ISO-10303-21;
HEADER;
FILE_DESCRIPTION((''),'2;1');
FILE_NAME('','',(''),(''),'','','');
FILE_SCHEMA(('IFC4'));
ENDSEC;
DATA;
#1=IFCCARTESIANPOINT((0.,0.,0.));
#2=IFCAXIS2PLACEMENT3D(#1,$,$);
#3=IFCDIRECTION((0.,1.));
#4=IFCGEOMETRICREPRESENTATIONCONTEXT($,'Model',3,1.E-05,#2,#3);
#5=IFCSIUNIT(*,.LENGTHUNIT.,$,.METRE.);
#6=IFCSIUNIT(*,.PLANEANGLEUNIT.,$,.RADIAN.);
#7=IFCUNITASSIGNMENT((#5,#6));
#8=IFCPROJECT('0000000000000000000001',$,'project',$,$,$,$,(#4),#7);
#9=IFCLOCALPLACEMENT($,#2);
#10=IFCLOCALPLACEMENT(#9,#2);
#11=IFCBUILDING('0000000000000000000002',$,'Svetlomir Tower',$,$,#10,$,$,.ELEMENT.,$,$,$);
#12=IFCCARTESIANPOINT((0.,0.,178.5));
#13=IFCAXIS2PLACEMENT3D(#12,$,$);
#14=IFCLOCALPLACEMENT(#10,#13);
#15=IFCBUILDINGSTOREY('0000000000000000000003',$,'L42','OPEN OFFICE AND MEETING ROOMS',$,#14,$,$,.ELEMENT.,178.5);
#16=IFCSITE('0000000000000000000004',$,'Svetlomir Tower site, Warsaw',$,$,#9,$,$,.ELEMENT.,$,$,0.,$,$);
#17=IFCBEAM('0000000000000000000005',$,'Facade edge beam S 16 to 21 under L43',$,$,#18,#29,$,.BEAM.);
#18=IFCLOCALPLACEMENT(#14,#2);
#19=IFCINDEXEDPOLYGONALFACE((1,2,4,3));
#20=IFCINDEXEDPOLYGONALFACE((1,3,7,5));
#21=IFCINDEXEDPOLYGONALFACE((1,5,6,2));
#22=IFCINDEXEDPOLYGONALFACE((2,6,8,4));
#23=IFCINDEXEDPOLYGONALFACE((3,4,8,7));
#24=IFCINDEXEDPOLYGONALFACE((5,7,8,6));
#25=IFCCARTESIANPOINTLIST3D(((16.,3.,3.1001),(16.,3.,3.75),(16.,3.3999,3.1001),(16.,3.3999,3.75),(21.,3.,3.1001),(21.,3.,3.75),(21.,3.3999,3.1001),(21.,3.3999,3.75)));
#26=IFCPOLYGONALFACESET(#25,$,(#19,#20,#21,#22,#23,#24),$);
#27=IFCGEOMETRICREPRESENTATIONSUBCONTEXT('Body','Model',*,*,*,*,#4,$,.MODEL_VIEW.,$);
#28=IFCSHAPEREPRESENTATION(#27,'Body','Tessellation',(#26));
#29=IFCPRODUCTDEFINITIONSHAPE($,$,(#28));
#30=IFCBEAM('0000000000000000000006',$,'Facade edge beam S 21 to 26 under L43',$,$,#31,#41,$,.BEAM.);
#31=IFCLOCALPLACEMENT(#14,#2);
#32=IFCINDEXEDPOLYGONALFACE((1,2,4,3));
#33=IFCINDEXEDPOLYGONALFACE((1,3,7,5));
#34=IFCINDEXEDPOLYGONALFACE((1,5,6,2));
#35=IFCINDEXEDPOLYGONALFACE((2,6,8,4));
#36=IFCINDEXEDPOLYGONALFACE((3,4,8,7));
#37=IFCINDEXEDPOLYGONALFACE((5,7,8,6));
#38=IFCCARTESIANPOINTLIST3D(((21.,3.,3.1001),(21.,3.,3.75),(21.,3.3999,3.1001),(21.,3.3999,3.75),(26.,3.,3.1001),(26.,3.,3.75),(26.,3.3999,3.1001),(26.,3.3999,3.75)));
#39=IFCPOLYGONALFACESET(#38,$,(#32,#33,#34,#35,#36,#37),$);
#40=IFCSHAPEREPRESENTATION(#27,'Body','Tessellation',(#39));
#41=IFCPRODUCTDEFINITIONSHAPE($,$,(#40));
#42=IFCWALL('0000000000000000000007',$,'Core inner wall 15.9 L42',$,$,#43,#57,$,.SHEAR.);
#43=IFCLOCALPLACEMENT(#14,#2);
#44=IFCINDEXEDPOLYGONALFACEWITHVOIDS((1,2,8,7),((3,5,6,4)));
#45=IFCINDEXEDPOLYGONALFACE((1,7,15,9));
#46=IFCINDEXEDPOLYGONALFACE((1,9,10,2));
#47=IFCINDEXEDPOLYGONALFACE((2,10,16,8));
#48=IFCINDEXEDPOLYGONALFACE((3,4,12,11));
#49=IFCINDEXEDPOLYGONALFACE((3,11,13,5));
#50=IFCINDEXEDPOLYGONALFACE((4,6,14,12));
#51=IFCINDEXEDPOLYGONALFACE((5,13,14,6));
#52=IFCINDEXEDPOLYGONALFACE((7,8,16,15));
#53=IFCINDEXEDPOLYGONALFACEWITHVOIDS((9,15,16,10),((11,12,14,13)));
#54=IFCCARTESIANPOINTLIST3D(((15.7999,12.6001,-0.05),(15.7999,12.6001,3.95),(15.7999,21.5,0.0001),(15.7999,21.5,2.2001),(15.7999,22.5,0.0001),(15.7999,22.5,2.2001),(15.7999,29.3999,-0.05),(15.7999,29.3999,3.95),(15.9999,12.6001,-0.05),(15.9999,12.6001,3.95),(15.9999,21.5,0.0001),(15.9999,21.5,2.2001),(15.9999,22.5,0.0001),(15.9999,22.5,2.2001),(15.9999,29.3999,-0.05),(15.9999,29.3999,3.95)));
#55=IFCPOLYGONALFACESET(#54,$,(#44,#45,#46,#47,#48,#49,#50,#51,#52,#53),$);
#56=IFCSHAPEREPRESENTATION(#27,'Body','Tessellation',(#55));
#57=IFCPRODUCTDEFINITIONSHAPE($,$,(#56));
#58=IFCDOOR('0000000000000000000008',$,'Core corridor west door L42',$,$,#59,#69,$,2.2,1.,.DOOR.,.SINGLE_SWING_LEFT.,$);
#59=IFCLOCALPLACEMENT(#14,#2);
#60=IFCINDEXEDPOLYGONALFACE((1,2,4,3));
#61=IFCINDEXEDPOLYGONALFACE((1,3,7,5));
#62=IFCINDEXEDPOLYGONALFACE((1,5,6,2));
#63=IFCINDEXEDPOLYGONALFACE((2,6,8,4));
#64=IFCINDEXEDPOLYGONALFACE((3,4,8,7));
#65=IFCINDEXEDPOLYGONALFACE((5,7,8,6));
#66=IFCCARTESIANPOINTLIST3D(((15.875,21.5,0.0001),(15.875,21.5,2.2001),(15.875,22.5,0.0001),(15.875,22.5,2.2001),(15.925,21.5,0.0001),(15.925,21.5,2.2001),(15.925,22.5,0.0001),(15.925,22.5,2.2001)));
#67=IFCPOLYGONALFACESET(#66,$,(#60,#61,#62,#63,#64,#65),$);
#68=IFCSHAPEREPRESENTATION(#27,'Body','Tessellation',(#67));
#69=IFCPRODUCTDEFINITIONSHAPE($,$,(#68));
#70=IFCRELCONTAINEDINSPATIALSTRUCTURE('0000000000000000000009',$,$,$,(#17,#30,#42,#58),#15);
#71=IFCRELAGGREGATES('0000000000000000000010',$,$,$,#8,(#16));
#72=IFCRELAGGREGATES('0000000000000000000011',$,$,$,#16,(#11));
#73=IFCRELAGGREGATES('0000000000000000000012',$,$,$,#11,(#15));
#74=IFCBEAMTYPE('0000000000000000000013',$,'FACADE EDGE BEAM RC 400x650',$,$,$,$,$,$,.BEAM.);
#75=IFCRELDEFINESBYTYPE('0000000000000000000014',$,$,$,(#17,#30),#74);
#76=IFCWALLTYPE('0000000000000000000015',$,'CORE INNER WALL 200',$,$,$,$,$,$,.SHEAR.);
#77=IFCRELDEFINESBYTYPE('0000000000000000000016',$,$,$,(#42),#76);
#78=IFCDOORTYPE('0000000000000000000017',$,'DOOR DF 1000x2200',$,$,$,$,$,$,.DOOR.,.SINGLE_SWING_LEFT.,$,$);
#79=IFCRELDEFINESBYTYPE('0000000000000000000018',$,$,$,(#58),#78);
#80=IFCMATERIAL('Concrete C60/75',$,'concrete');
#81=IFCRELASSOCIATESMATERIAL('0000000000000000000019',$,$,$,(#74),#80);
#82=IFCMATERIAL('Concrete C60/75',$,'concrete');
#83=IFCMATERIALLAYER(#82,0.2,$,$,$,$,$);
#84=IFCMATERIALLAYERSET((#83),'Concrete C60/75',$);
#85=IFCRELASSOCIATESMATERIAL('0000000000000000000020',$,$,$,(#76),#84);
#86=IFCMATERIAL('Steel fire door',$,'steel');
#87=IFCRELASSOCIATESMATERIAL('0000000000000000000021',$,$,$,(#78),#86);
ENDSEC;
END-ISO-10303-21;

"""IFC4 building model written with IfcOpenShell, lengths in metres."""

from ifc_helpers import new_model, si_unit, direction, frame, frame_2d, origin, origin_2d, place, context, subcontext, project, spatial, rectangle, extrude, material, layer, layer_set, material_profile, profile_set, type_object, element, fill, save


model = new_model("IFC4")

# Units and contexts
model_context = context("Model", 3, precision=1e-05, world=origin(), true_north=direction((0.0, 1.0)))
body_context = subcontext(model_context, "Body", "Model", "MODEL_VIEW")
ifc_project = project(units=[si_unit("LENGTHUNIT", "METRE"), si_unit("PLANEANGLEUNIT", "RADIAN")], contexts=[model_context])

# Site, building, storey
site_placement = place(None, origin())
site = spatial("IfcSite", under=ifc_project, at=site_placement, Name="Svetlomir Tower site, Warsaw", CompositionType="ELEMENT", RefElevation=0.0)
building_placement = place(site_placement, origin())
building = spatial("IfcBuilding", under=site, at=building_placement, Name="Svetlomir Tower", CompositionType="ELEMENT")
storey_placement = place(building_placement, frame((0.0, 0.0, 178.5)))
storey = spatial("IfcBuildingStorey", under=building, at=storey_placement, Name="L42", Description="OPEN OFFICE AND MEETING ROOMS", CompositionType="ELEMENT", Elevation=178.5)

# Beams
ifc_material_1 = material(Name="Concrete C60/75", Category="concrete")
ifc_material_profile = material_profile(ifc_material_1, rectangle(XDim=0.3999, YDim=0.6499, at=origin_2d()), Name="RC 400x650")
ifc_profile_set = profile_set([ifc_material_profile], Name="Concrete C60/75")
beam_type = type_object("IfcBeamType", Name="FACADE EDGE BEAM RC 400x650", PredefinedType="BEAM", material=ifc_profile_set)
for number, where, z_axis, x_axis, name in (
    (1, (16.0, 3.2, 3.425), (1.0, 0.0, 0.0), (0.0, 1.0, 0.0), "Facade edge beam S 16 to 21 under L43"),
    (2, (21.0, 3.2, 3.425), (1.0, 0.0, 0.0), (0.0, 1.0, 0.0), "Facade edge beam S 21 to 26 under L43"),
):
    element("IfcBeam", number, at=place(storey_placement, frame(where, z_axis=z_axis, x_axis=x_axis)), inside=storey, type_object=beam_type, Name=name, PredefinedType="BEAM", context=body_context, shape_type="SweptSolid", body=[
        extrude(rectangle(XDim=0.3999, YDim=0.6499, at=origin_2d()), origin(), (0.0, 0.0, 1.0), 5.0),
    ])

# Wall, opening, door
ifc_material_2 = material(Name="Concrete C60/75", Category="concrete")
ifc_layer_1 = layer(ifc_material_2, 0.2)
ifc_layer_set_1 = layer_set([ifc_layer_1], Name="Concrete C60/75")
wall_type_1 = type_object("IfcWallType", Name="CORE INNER WALL 200", PredefinedType="SHEAR", material=ifc_layer_set_1)
wall_1_placement = place(storey_placement, frame((15.8999, 12.6001, -0.05), z_axis=(0.0, 0.0, 1.0), x_axis=(0.0, 1.0, 0.0)))
wall_1 = element("IfcWall", 3, at=wall_1_placement, inside=storey, type_object=wall_type_1, Name="Core inner wall 15.9 L42", PredefinedType="SHEAR", context=body_context, shape_type="SweptSolid", body=[
    extrude(rectangle(XDim=16.7998, YDim=0.2, at=frame_2d((8.3999, 0.0))), origin(), (0.0, 0.0, 1.0), 4.0),
])
opening_1_placement = place(wall_1_placement, frame((8.8999, 0.0, 0.05)))
opening_1 = element("IfcOpeningElement", 4, at=opening_1_placement, cuts=wall_1, PredefinedType="OPENING", context=body_context, shape_type="SweptSolid", body=[
    extrude(rectangle(XDim=1.0, YDim=2.2, at=frame_2d((0.5, 1.1001))), frame((0.0, 0.1099, 0.0), z_axis=(0.0, -1.0, 0.0), x_axis=(1.0, 0.0, 0.0)), (0.0, 0.0, 1.0), 0.22),
])
ifc_material_3 = material(Name="Steel fire door", Category="steel")
door_type_1 = type_object("IfcDoorType", Name="DOOR DF 1000x2200", OperationType="SINGLE_SWING_LEFT", PredefinedType="DOOR", material=ifc_material_3)
door_1_placement = place(opening_1_placement, origin())
door_1 = element("IfcDoor", 5, at=door_1_placement, inside=storey, type_object=door_type_1, Name="Core corridor west door L42", OperationType="SINGLE_SWING_LEFT", OverallHeight=2.2, OverallWidth=1.0, PredefinedType="DOOR", context=body_context, shape_type="SweptSolid", body=[
    extrude(rectangle(XDim=1.0, YDim=2.2, at=frame_2d((0.5, 1.1001))), frame((0.0, 0.0249, 0.0), z_axis=(0.0, -1.0, 0.0), x_axis=(1.0, 0.0, 0.0)), (0.0, 0.0, 1.0), 0.05),
])
fill(opening_1, door_1)

save(model, "model.ifc")
